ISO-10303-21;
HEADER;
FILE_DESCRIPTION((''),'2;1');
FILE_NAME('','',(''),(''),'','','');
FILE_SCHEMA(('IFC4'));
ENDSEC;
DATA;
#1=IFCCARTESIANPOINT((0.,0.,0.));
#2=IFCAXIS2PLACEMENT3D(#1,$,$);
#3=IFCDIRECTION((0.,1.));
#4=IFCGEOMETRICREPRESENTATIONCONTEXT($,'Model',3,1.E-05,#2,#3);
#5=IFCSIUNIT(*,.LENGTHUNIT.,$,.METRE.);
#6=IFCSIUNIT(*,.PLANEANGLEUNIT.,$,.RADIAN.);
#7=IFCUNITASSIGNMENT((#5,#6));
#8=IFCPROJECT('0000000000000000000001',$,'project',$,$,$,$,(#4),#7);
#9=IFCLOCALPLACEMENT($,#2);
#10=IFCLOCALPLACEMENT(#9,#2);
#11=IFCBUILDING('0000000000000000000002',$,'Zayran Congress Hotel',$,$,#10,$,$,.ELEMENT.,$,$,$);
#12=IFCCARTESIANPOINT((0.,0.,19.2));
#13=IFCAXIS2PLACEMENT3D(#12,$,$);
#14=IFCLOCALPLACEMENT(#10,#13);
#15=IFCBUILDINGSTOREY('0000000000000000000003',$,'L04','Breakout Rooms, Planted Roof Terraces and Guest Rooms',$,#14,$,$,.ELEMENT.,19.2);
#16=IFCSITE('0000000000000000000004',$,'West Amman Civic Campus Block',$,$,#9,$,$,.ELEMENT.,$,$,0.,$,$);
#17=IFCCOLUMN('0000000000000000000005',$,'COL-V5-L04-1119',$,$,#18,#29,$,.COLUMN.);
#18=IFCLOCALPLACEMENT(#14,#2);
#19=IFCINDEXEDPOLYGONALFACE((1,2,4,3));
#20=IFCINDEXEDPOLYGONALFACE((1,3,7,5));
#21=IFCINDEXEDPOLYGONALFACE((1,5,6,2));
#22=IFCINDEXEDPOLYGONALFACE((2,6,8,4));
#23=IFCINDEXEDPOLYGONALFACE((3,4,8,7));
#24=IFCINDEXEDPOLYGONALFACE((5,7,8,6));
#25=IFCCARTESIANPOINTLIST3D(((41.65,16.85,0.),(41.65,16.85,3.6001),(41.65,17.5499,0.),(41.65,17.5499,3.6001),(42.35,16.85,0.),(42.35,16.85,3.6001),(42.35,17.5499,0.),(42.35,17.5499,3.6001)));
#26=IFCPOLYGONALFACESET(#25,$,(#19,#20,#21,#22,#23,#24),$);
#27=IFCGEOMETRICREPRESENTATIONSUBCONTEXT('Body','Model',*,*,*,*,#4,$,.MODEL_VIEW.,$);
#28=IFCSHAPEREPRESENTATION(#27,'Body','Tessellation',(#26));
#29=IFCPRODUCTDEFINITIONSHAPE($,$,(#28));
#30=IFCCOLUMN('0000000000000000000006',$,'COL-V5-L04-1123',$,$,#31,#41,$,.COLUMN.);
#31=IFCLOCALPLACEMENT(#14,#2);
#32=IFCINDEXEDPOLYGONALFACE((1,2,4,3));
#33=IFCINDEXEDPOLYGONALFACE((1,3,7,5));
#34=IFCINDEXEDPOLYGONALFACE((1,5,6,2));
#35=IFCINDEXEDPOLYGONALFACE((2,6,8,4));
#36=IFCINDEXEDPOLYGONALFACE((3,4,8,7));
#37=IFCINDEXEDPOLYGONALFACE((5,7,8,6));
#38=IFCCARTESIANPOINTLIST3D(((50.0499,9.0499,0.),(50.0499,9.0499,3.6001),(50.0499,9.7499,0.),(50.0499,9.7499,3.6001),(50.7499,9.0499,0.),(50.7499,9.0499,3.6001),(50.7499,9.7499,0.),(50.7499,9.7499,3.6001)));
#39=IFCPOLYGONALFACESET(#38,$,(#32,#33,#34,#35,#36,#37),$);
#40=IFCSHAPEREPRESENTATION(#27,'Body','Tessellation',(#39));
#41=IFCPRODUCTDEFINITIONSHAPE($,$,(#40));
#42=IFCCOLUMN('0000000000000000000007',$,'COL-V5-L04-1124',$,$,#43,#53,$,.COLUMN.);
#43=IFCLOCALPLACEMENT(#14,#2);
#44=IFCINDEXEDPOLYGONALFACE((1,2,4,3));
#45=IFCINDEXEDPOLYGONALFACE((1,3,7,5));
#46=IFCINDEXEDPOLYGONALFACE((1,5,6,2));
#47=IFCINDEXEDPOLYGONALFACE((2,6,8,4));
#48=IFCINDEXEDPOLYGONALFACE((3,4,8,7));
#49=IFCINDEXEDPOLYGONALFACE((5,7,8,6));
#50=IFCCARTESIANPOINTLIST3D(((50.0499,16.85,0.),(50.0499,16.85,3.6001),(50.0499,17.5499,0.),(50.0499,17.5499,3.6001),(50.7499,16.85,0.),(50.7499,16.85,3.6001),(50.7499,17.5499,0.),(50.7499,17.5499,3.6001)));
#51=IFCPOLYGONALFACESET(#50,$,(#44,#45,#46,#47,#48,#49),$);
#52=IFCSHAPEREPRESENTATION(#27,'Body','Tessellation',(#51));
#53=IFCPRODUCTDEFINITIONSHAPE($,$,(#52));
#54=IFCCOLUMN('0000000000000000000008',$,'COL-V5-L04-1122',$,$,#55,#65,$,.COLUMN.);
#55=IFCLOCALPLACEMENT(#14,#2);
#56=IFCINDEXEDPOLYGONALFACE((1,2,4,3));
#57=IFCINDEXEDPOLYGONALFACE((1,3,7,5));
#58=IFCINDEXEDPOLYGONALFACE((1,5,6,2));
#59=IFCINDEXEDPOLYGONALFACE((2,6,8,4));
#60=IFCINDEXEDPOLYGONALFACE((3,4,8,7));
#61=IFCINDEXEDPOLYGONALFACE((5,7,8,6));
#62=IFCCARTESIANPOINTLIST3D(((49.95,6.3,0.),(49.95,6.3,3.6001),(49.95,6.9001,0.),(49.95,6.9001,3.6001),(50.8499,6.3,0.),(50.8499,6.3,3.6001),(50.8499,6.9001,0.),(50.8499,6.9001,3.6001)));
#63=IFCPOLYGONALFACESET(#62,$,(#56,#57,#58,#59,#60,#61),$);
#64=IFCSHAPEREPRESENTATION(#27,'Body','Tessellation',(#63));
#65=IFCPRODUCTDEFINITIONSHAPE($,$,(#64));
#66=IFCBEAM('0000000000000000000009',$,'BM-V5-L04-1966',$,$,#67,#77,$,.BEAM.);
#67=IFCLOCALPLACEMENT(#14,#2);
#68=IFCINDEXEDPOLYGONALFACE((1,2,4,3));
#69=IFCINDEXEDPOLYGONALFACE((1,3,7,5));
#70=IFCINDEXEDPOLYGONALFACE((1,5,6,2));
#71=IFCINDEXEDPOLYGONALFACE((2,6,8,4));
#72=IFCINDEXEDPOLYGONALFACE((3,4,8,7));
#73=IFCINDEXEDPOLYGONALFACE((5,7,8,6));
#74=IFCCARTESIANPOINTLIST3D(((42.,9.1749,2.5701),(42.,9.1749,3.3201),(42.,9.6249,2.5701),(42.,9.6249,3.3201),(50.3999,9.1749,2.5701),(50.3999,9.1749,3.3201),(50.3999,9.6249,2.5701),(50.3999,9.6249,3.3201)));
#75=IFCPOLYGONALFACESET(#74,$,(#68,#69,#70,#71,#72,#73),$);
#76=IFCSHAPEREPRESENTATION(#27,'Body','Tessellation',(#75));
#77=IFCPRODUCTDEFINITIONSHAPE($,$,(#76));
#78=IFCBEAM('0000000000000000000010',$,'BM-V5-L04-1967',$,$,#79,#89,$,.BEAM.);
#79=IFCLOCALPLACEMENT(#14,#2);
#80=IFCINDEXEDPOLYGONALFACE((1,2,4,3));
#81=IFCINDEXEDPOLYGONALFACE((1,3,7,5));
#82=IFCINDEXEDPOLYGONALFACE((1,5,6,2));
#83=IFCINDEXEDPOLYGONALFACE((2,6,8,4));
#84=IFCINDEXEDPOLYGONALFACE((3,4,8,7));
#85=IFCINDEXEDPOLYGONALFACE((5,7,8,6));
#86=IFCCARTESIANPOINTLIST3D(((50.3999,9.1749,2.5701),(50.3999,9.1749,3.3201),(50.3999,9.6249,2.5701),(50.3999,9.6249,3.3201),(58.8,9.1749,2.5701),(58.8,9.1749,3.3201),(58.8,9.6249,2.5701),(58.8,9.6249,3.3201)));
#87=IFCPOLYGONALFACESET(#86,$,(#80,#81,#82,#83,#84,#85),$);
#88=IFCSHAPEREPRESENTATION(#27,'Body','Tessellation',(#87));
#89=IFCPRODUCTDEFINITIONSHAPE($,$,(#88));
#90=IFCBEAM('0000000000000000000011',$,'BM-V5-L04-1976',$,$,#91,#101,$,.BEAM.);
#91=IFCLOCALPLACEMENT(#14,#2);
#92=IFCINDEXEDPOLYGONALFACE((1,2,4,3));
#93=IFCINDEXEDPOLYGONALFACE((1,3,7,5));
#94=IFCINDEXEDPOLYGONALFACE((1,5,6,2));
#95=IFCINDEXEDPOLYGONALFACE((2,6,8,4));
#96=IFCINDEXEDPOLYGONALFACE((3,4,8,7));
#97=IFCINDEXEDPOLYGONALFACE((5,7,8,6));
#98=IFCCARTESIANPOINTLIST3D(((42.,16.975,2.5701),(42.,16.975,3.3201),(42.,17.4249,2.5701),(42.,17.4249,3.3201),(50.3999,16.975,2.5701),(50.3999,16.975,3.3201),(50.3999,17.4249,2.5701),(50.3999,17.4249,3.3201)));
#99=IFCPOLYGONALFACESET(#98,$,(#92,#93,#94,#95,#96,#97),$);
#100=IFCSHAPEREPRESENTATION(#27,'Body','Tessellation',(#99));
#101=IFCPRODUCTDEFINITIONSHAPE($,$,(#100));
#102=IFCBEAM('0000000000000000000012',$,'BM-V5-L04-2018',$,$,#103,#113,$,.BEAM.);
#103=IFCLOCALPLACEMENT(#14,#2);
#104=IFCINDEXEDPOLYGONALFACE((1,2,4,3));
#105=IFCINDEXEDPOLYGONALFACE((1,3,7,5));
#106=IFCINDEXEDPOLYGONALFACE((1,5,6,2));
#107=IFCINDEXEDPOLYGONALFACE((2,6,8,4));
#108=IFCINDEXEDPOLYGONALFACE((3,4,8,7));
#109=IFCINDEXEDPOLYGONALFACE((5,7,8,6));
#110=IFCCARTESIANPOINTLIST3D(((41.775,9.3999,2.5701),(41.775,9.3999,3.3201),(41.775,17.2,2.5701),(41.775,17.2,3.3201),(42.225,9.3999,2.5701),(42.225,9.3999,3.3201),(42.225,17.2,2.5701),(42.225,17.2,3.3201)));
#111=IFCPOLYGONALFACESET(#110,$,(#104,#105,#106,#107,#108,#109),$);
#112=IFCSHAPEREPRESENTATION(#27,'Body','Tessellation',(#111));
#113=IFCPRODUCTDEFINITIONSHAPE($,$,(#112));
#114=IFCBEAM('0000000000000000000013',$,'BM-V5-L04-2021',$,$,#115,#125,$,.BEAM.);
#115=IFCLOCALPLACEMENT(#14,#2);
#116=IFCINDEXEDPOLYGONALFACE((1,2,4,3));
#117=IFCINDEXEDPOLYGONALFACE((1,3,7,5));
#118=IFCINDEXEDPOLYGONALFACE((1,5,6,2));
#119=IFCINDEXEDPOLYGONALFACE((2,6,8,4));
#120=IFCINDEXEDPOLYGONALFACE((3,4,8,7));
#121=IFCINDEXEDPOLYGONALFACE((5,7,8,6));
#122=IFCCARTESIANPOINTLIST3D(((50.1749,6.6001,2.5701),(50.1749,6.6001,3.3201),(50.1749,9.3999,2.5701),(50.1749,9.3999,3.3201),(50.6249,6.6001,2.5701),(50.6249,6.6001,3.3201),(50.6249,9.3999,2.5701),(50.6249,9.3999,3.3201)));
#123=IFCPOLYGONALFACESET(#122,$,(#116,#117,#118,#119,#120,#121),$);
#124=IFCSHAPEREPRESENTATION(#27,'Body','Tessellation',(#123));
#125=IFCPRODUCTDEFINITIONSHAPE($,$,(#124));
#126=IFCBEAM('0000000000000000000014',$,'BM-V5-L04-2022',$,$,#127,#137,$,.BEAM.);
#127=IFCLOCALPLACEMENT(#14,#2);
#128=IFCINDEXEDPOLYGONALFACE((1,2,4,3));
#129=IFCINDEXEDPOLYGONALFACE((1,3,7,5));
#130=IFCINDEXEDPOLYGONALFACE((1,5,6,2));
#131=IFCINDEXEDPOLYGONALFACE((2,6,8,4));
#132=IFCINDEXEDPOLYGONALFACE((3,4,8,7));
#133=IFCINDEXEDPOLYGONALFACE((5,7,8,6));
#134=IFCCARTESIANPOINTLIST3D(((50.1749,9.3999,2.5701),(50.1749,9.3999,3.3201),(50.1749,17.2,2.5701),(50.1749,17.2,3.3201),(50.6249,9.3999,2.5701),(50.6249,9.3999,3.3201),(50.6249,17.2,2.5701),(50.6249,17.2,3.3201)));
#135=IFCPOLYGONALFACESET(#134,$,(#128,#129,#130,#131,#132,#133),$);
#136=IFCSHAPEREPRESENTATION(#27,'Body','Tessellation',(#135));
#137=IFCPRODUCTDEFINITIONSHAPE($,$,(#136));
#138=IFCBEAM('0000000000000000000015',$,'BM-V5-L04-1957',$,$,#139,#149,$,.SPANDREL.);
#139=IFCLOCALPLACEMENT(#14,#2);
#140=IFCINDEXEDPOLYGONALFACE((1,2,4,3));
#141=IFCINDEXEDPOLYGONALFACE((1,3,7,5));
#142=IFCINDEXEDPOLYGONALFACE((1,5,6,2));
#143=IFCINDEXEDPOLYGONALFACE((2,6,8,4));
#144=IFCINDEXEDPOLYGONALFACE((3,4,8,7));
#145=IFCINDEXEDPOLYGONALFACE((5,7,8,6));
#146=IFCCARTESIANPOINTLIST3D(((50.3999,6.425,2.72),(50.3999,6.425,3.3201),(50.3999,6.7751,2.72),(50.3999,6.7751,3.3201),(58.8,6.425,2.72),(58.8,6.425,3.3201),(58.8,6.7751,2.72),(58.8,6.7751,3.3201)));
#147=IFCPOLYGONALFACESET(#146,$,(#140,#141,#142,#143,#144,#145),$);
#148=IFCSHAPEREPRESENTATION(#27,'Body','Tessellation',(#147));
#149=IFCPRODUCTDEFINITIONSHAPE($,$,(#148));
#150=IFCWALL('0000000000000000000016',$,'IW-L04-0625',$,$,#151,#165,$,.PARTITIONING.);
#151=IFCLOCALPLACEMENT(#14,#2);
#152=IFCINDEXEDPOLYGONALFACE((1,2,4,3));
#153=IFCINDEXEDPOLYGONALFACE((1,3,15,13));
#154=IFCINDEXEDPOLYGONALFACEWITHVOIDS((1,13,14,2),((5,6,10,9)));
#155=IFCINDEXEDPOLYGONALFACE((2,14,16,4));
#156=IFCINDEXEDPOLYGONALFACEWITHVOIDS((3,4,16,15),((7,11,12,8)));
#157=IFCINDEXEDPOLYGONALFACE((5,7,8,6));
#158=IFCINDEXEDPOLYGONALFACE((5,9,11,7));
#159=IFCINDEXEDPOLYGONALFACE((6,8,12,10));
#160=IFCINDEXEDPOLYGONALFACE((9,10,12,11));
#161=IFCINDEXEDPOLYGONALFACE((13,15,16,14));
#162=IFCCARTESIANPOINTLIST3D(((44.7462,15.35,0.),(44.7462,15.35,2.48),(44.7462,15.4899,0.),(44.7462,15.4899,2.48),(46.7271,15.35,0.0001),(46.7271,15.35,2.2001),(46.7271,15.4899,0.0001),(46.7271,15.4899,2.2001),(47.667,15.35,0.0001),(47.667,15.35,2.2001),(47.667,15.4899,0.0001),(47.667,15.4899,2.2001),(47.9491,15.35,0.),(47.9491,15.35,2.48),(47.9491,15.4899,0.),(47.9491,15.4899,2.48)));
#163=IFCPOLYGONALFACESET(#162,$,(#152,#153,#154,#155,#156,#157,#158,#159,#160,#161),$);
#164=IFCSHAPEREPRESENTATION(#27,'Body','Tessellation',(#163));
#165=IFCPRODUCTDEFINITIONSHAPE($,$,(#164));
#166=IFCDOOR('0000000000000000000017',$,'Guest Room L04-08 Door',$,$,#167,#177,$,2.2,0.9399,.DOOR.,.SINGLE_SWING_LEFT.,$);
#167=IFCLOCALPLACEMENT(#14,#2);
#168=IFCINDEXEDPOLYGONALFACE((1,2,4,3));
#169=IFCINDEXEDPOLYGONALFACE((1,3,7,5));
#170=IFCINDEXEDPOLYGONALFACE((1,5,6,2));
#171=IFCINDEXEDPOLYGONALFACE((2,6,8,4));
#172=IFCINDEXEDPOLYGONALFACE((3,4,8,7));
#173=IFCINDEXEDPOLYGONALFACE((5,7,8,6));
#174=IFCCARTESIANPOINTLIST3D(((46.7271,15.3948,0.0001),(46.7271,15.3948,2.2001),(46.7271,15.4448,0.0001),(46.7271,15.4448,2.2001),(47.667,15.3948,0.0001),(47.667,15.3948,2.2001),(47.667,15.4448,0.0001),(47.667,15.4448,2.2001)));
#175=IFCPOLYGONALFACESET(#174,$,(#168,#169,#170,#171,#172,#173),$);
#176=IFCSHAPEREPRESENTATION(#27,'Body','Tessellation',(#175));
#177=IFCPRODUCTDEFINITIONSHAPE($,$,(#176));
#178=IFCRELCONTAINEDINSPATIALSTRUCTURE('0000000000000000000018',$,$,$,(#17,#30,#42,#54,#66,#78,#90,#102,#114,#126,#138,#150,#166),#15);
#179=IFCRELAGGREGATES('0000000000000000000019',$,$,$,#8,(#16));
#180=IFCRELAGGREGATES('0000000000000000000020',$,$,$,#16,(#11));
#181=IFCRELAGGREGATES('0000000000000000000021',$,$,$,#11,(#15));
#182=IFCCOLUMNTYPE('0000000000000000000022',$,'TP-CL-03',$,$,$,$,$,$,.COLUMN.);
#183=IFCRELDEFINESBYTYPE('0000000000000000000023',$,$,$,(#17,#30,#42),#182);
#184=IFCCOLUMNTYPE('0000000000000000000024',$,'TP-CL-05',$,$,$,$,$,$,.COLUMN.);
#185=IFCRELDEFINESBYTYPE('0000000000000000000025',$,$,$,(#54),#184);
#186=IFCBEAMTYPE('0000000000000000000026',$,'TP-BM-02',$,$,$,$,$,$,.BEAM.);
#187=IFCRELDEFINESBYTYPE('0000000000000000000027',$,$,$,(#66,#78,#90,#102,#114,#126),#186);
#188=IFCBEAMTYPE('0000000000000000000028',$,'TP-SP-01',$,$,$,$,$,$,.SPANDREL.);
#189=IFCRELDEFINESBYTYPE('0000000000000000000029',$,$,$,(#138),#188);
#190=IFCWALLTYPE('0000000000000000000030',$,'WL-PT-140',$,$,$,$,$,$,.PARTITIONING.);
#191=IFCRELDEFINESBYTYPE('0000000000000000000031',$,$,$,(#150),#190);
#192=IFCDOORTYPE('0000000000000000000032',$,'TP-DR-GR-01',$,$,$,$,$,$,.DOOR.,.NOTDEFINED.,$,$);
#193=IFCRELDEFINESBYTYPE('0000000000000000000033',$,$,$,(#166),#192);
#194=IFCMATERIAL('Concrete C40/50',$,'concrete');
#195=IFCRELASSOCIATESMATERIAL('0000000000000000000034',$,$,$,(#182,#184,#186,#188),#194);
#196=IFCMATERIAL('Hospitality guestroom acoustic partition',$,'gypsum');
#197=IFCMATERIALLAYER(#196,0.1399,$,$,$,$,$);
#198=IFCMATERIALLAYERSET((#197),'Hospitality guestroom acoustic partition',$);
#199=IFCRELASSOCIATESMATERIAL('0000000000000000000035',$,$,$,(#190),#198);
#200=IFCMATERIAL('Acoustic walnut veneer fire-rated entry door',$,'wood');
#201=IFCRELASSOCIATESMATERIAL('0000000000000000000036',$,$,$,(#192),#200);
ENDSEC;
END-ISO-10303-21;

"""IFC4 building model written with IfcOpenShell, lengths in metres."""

from ifc_helpers import new_model, si_unit, direction, frame, frame_2d, origin, origin_2d, place, context, subcontext, project, spatial, rectangle, extrude, material, layer, layer_set, material_profile, profile_set, type_object, element, fill, save


model = new_model("IFC4")

# Units and contexts
model_context = context("Model", 3, precision=1e-05, world=origin(), true_north=direction((0.0, 1.0)))
body_context = subcontext(model_context, "Body", "Model", "MODEL_VIEW")
ifc_project = project(units=[si_unit("LENGTHUNIT", "METRE"), si_unit("PLANEANGLEUNIT", "RADIAN")], contexts=[model_context])

# Site, building, storey
site_placement = place(None, origin())
site = spatial("IfcSite", under=ifc_project, at=site_placement, Name="West Amman Civic Campus Block", CompositionType="ELEMENT", RefElevation=0.0)
building_placement = place(site_placement, origin())
building = spatial("IfcBuilding", under=site, at=building_placement, Name="Zayran Congress Hotel", CompositionType="ELEMENT")
storey_placement = place(building_placement, frame((0.0, 0.0, 19.2)))
storey = spatial("IfcBuildingStorey", under=building, at=storey_placement, Name="L04", Description="Breakout Rooms, Planted Roof Terraces and Guest Rooms", CompositionType="ELEMENT", Elevation=19.2)

# Columns
ifc_material_1 = material(Name="Concrete C40/50", Category="concrete")
ifc_material_profile_1 = material_profile(ifc_material_1, rectangle(XDim=0.7, YDim=0.7, at=origin_2d()), Name="RC 700x700")
ifc_profile_set_1 = profile_set([ifc_material_profile_1], Name="Concrete C40/50")
column_type_1 = type_object("IfcColumnType", Name="TP-CL-03", PredefinedType="COLUMN", material=ifc_profile_set_1)
for number, where, z_axis, x_axis, name in (
    (1, (42.0, 17.2, 0.0), (0.0, 0.0, 1.0), (1.0, 0.0, 0.0), "COL-V5-L04-1119"),
    (2, (50.3999, 9.3999, 0.0), (0.0, 0.0, 1.0), (1.0, 0.0, 0.0), "COL-V5-L04-1123"),
    (3, (50.3999, 17.2, 0.0), (0.0, 0.0, 1.0), (1.0, 0.0, 0.0), "COL-V5-L04-1124"),
):
    element("IfcColumn", number, at=place(storey_placement, frame(where, z_axis=z_axis, x_axis=x_axis)), inside=storey, type_object=column_type_1, Name=name, PredefinedType="COLUMN", context=body_context, shape_type="SweptSolid", body=[
        extrude(rectangle(XDim=0.7, YDim=0.7, at=origin_2d()), origin(), (0.0, 0.0, 1.0), 3.6001),
    ])
ifc_material_profile_2 = material_profile(ifc_material_1, rectangle(XDim=0.6001, YDim=0.8999, at=origin_2d()), Name="RC 900x600")
ifc_profile_set_2 = profile_set([ifc_material_profile_2], Name="Concrete C40/50")
column_type_2 = type_object("IfcColumnType", Name="TP-CL-05", PredefinedType="COLUMN", material=ifc_profile_set_2)
column_placement = place(storey_placement, frame((50.3999, 6.6001, 0.0), z_axis=(0.0, 0.0, 1.0), x_axis=(0.0, 1.0, 0.0)))
element("IfcColumn", 4, at=column_placement, inside=storey, type_object=column_type_2, Name="COL-V5-L04-1122", PredefinedType="COLUMN", context=body_context, shape_type="SweptSolid", body=[
    extrude(rectangle(XDim=0.6001, YDim=0.8999, at=origin_2d()), origin(), (0.0, 0.0, 1.0), 3.6001),
])

# Beams
ifc_material_profile_3 = material_profile(ifc_material_1, rectangle(XDim=0.45, YDim=0.75, at=origin_2d()), Name="RC 450x750")
ifc_profile_set_3 = profile_set([ifc_material_profile_3], Name="Concrete C40/50")
beam_type_1 = type_object("IfcBeamType", Name="TP-BM-02", PredefinedType="BEAM", material=ifc_profile_set_3)
beam_1_placement = place(storey_placement, frame((42.0, 9.3999, 2.9451), z_axis=(1.0, 0.0, 0.0), x_axis=(0.0, 1.0, 0.0)))
element("IfcBeam", 5, at=beam_1_placement, inside=storey, type_object=beam_type_1, Name="BM-V5-L04-1966", PredefinedType="BEAM", context=body_context, shape_type="SweptSolid", body=[
    extrude(rectangle(XDim=0.45, YDim=0.75, at=origin_2d()), origin(), (0.0, 0.0, 1.0), 8.3999),
])
beam_2_placement = place(storey_placement, frame((50.3999, 9.3999, 2.9451), z_axis=(1.0, 0.0, 0.0), x_axis=(0.0, 1.0, 0.0)))
element("IfcBeam", 6, at=beam_2_placement, inside=storey, type_object=beam_type_1, Name="BM-V5-L04-1967", PredefinedType="BEAM", context=body_context, shape_type="SweptSolid", body=[
    extrude(rectangle(XDim=0.45, YDim=0.75, at=origin_2d()), origin(), (0.0, 0.0, 1.0), 8.4001),
])
beam_3_placement = place(storey_placement, frame((42.0, 17.2, 2.9451), z_axis=(1.0, 0.0, 0.0), x_axis=(0.0, 1.0, 0.0)))
element("IfcBeam", 7, at=beam_3_placement, inside=storey, type_object=beam_type_1, Name="BM-V5-L04-1976", PredefinedType="BEAM", context=body_context, shape_type="SweptSolid", body=[
    extrude(rectangle(XDim=0.45, YDim=0.75, at=origin_2d()), origin(), (0.0, 0.0, 1.0), 8.3999),
])
beam_4_placement = place(storey_placement, frame((42.0, 9.3999, 2.9451), z_axis=(0.0, 1.0, 0.0), x_axis=(-1.0, 0.0, 0.0)))
element("IfcBeam", 8, at=beam_4_placement, inside=storey, type_object=beam_type_1, Name="BM-V5-L04-2018", PredefinedType="BEAM", context=body_context, shape_type="SweptSolid", body=[
    extrude(rectangle(XDim=0.45, YDim=0.75, at=origin_2d()), origin(), (0.0, 0.0, 1.0), 7.8),
])
beam_5_placement = place(storey_placement, frame((50.3999, 6.6001, 2.9451), z_axis=(0.0, 1.0, 0.0), x_axis=(-1.0, 0.0, 0.0)))
element("IfcBeam", 9, at=beam_5_placement, inside=storey, type_object=beam_type_1, Name="BM-V5-L04-2021", PredefinedType="BEAM", context=body_context, shape_type="SweptSolid", body=[
    extrude(rectangle(XDim=0.45, YDim=0.75, at=origin_2d()), origin(), (0.0, 0.0, 1.0), 2.7998),
])
beam_6_placement = place(storey_placement, frame((50.3999, 9.3999, 2.9451), z_axis=(0.0, 1.0, 0.0), x_axis=(-1.0, 0.0, 0.0)))
element("IfcBeam", 10, at=beam_6_placement, inside=storey, type_object=beam_type_1, Name="BM-V5-L04-2022", PredefinedType="BEAM", context=body_context, shape_type="SweptSolid", body=[
    extrude(rectangle(XDim=0.45, YDim=0.75, at=origin_2d()), origin(), (0.0, 0.0, 1.0), 7.8),
])
ifc_material_profile_4 = material_profile(ifc_material_1, rectangle(XDim=0.3501, YDim=0.6001, at=origin_2d()), Name="RC 350x600")
ifc_profile_set_4 = profile_set([ifc_material_profile_4], Name="Concrete C40/50")
beam_type_2 = type_object("IfcBeamType", Name="TP-SP-01", PredefinedType="SPANDREL", material=ifc_profile_set_4)
beam_7_placement = place(storey_placement, frame((50.3999, 6.6001, 3.02), z_axis=(1.0, 0.0, 0.0), x_axis=(0.0, 1.0, 0.0)))
element("IfcBeam", 11, at=beam_7_placement, inside=storey, type_object=beam_type_2, Name="BM-V5-L04-1957", PredefinedType="SPANDREL", context=body_context, shape_type="SweptSolid", body=[
    extrude(rectangle(XDim=0.3501, YDim=0.6001, at=origin_2d()), origin(), (0.0, 0.0, 1.0), 8.4001),
])

# Wall, opening, door
ifc_material_2 = material(Name="Hospitality guestroom acoustic partition", Category="gypsum")
ifc_layer_1 = layer(ifc_material_2, 0.1399)
ifc_layer_set_1 = layer_set([ifc_layer_1], Name="Hospitality guestroom acoustic partition")
wall_type_1 = type_object("IfcWallType", Name="WL-PT-140", PredefinedType="PARTITIONING", material=ifc_layer_set_1)
wall_1_placement = place(storey_placement, frame((44.7461, 15.4199, 0.0), z_axis=(0.0, 0.0, 1.0), x_axis=(1.0, 0.0, 0.0)))
wall_1 = element("IfcWall", 12, at=wall_1_placement, inside=storey, type_object=wall_type_1, Name="IW-L04-0625", PredefinedType="PARTITIONING", context=body_context, shape_type="SweptSolid", body=[
    extrude(rectangle(XDim=3.2029, YDim=0.1399, at=frame_2d((1.6016, 0.0))), origin(), (0.0, 0.0, 1.0), 2.48),
])
opening_1_placement = place(wall_1_placement, frame((1.981, 0.0, 0.0)))
opening_1 = element("IfcOpeningElement", 13, at=opening_1_placement, cuts=wall_1, PredefinedType="OPENING", context=body_context, shape_type="SweptSolid", body=[
    extrude(rectangle(XDim=0.9399, YDim=2.2, at=frame_2d((0.47, 1.1001))), frame((0.0, 0.0798, 0.0), z_axis=(0.0, -1.0, 0.0), x_axis=(1.0, 0.0, 0.0)), (0.0, 0.0, 1.0), 0.1599),
])
ifc_material_3 = material(Name="Acoustic walnut veneer fire-rated entry door", Category="wood")
door_type_1 = type_object("IfcDoorType", Name="TP-DR-GR-01", OperationType="NOTDEFINED", PredefinedType="DOOR", material=ifc_material_3)
door_1_placement = place(opening_1_placement, origin())
door_1 = element("IfcDoor", 14, at=door_1_placement, inside=storey, type_object=door_type_1, Name="Guest Room L04-08 Door", OperationType="SINGLE_SWING_LEFT", OverallHeight=2.2, OverallWidth=0.9399, PredefinedType="DOOR", context=body_context, shape_type="SweptSolid", body=[
    extrude(rectangle(XDim=0.9399, YDim=2.2, at=frame_2d((0.47, 1.1001))), frame((0.0, 0.0249, 0.0), z_axis=(0.0, -1.0, 0.0), x_axis=(1.0, 0.0, 0.0)), (0.0, 0.0, 1.0), 0.05),
])
fill(opening_1, door_1)

save(model, "model.ifc")
